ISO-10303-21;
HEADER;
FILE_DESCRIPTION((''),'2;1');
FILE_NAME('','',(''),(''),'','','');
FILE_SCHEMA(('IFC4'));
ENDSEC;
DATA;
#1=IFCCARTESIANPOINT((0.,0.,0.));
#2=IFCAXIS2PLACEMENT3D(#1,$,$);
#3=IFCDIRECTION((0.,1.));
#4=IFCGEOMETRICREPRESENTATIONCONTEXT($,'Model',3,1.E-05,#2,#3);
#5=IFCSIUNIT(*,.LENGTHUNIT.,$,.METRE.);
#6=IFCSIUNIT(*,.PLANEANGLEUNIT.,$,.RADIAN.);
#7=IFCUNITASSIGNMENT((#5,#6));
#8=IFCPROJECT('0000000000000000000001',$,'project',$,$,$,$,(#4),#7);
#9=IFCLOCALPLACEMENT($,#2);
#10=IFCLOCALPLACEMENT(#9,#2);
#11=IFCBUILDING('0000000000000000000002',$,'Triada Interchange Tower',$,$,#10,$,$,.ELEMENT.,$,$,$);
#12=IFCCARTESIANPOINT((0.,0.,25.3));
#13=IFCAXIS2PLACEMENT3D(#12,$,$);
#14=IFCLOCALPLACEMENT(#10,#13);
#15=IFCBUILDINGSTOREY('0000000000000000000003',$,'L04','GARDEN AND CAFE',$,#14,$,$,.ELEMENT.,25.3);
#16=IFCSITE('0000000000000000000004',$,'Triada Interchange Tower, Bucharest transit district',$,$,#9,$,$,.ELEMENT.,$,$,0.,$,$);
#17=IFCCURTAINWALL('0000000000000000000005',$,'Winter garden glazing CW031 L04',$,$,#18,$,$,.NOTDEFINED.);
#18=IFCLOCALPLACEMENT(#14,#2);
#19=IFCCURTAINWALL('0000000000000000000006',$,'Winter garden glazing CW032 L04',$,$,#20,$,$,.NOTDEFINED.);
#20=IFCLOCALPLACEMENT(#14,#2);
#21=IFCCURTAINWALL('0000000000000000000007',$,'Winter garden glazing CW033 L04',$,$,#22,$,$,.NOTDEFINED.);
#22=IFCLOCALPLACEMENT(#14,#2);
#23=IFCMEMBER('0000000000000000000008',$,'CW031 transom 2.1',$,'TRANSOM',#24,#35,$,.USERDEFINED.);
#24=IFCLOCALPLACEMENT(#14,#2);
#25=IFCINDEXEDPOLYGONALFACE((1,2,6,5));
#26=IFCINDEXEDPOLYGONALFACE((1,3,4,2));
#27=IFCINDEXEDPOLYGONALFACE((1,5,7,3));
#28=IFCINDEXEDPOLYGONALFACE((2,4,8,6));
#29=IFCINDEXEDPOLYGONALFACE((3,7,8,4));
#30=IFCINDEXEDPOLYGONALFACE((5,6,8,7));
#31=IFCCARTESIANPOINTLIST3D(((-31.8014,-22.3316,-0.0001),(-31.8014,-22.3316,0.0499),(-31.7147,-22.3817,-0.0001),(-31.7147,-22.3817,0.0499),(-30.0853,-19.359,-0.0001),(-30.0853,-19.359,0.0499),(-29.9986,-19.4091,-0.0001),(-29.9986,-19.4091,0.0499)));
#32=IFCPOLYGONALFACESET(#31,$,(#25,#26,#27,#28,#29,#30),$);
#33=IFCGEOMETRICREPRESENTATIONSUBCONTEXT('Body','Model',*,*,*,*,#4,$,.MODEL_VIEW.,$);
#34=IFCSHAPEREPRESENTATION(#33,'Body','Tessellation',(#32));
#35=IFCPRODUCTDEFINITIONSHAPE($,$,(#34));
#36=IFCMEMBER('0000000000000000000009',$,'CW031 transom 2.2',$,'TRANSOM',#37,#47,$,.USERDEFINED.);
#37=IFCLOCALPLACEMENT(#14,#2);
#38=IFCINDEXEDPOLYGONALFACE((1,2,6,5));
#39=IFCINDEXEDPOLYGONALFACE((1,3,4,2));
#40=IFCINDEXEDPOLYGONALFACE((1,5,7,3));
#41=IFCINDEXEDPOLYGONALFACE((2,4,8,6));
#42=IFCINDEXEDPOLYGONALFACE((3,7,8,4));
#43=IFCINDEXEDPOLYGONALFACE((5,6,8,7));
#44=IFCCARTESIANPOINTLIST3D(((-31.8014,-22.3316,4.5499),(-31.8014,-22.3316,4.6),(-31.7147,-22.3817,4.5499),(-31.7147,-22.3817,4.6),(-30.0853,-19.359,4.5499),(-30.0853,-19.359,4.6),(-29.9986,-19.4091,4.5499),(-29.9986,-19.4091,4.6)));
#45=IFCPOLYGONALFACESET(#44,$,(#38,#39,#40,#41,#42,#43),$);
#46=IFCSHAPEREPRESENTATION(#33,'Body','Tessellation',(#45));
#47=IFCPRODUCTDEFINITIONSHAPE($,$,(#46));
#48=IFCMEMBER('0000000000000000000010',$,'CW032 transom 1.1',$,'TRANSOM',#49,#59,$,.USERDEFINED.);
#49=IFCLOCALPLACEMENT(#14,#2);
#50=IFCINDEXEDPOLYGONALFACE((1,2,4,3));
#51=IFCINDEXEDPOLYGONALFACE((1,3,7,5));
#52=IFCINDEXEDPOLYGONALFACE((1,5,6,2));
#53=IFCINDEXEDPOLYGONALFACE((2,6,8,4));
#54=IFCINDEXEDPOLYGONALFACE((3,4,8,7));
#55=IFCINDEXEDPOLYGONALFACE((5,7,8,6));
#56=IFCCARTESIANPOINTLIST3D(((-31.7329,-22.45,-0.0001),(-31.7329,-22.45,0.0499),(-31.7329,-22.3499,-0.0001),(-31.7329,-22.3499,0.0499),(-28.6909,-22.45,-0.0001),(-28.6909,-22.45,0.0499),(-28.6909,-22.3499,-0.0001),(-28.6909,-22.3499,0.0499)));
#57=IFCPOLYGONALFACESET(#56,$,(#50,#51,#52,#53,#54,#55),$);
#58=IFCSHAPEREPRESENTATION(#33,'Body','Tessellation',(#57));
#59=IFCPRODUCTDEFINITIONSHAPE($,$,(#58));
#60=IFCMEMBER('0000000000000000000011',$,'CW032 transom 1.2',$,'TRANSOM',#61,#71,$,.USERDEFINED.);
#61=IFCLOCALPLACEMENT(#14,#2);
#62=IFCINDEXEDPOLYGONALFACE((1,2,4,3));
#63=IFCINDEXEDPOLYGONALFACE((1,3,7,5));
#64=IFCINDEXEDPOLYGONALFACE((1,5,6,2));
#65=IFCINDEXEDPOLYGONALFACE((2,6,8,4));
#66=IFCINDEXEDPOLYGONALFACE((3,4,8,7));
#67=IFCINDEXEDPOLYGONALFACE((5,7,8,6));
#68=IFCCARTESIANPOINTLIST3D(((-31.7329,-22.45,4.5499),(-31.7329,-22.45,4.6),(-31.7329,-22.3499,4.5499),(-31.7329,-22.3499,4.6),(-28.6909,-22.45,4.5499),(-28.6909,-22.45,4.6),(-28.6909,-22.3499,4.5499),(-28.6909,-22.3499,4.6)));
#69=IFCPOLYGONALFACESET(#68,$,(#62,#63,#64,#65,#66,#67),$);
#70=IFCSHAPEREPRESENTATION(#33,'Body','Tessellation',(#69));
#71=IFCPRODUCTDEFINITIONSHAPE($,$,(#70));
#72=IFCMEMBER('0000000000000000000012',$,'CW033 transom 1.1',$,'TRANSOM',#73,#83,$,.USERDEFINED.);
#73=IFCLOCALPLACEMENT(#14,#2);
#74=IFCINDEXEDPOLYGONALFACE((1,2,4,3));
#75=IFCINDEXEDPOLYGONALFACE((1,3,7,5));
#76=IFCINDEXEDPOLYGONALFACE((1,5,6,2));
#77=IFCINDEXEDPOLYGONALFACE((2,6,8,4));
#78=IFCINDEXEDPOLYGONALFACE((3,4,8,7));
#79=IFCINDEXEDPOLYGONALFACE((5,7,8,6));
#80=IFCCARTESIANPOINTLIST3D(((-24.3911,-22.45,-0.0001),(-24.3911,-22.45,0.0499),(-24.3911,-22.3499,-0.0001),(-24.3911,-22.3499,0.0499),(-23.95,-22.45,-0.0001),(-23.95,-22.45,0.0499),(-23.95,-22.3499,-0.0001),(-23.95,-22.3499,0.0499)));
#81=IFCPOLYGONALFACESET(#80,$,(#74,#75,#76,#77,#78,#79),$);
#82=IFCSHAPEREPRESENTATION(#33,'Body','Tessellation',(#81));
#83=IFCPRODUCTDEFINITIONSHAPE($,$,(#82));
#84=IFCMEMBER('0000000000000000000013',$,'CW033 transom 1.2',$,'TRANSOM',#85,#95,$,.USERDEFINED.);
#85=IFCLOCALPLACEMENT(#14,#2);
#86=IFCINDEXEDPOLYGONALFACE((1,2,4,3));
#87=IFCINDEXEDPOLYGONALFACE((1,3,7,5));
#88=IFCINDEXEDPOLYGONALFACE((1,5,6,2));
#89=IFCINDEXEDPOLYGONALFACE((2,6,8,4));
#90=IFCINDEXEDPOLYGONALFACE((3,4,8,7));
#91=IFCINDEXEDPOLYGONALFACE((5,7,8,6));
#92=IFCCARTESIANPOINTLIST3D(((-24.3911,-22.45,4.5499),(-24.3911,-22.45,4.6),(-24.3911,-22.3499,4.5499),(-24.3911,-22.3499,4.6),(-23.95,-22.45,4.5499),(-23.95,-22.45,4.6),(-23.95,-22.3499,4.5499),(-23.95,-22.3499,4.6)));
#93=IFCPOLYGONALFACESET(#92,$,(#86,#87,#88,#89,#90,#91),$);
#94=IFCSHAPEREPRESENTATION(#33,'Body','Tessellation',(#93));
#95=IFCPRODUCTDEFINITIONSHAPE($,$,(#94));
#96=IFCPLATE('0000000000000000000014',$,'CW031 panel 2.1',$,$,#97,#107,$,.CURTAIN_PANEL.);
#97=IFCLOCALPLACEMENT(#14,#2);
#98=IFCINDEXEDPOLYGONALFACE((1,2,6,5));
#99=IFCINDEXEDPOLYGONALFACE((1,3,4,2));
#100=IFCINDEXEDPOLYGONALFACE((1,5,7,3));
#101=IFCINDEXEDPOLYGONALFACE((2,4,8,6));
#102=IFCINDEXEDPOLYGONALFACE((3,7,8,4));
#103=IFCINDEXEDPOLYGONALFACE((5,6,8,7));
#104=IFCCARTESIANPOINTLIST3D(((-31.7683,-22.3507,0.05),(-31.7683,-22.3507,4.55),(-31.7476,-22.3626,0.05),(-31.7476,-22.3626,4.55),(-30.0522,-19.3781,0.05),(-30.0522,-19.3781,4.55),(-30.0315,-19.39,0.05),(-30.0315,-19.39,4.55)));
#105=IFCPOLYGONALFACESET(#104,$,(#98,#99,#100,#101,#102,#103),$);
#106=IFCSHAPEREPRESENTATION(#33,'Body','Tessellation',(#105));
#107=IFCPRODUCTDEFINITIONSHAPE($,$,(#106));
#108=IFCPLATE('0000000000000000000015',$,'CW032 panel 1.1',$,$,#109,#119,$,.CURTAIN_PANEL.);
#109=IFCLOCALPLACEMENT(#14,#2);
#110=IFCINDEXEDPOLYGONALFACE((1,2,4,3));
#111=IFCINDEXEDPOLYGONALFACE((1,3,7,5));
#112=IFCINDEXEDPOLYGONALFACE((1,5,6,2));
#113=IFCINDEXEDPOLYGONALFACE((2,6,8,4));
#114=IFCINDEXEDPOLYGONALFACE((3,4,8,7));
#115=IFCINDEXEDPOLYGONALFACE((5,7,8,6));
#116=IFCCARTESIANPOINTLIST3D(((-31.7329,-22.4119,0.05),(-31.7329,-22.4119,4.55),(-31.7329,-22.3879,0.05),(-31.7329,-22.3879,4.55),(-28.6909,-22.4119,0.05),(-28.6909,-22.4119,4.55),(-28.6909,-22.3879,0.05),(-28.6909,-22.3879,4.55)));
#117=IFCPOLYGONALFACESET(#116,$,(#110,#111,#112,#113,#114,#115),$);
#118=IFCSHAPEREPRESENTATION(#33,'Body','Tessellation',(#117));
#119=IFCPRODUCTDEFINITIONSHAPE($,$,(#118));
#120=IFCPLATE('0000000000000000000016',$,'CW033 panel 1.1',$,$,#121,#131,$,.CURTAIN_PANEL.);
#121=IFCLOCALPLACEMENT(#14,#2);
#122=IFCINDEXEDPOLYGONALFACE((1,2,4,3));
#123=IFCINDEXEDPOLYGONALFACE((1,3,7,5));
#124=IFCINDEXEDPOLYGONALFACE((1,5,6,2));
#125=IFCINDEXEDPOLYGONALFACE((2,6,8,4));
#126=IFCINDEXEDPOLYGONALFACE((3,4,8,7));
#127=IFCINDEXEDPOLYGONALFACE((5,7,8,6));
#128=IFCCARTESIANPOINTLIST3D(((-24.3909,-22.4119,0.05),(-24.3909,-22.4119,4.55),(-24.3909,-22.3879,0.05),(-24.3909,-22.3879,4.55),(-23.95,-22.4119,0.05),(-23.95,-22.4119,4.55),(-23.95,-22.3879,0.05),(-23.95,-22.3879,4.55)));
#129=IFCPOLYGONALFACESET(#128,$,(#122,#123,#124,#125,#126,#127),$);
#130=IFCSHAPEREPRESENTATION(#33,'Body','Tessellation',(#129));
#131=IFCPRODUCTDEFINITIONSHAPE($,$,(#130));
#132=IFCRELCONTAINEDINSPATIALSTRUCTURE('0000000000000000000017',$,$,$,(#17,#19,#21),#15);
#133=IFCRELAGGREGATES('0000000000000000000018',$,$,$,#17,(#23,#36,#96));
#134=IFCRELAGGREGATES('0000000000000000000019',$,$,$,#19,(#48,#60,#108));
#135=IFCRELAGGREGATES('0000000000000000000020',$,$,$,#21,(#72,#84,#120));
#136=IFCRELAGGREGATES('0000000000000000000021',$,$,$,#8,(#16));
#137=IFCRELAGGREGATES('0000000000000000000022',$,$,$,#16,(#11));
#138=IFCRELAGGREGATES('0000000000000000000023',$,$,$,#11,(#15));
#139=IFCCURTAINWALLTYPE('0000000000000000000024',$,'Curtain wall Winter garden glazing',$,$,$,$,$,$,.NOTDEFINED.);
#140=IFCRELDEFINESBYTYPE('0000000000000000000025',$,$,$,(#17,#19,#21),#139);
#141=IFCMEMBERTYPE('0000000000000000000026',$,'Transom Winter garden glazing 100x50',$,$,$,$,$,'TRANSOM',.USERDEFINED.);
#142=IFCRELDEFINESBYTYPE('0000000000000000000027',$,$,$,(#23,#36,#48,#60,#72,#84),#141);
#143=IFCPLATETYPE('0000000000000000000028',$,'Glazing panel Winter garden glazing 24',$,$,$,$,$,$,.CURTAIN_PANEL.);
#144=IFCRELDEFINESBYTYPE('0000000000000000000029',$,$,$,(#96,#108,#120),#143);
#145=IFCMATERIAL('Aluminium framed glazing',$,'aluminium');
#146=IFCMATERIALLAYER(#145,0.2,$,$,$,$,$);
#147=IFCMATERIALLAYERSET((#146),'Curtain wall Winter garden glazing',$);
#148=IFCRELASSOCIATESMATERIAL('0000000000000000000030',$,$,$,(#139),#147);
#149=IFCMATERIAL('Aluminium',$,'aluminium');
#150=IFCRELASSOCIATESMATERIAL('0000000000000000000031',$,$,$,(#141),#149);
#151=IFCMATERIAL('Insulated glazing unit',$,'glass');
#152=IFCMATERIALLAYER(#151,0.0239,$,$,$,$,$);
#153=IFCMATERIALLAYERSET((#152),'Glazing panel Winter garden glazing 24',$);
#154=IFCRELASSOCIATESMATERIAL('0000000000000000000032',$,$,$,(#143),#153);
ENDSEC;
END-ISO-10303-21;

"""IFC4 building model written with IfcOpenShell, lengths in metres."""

from ifc_helpers import new_model, si_unit, direction, frame, origin, origin_2d, place, context, subcontext, project, spatial, rectangle, extrude, material, layer, layer_set, material_profile, profile_set, type_object, element, aggregate, save


model = new_model("IFC4")

# Units and contexts
model_context = context("Model", 3, precision=1e-05, world=origin(), true_north=direction((0.0, 1.0)))
body_context = subcontext(model_context, "Body", "Model", "MODEL_VIEW")
ifc_project = project(units=[si_unit("LENGTHUNIT", "METRE"), si_unit("PLANEANGLEUNIT", "RADIAN")], contexts=[model_context])

# Site, building, storey
site_placement = place(None, origin())
site = spatial("IfcSite", under=ifc_project, at=site_placement, Name="Triada Interchange Tower, Bucharest transit district", CompositionType="ELEMENT", RefElevation=0.0)
building_placement = place(site_placement, origin())
building = spatial("IfcBuilding", under=site, at=building_placement, Name="Triada Interchange Tower", CompositionType="ELEMENT")
storey_placement = place(building_placement, frame((0.0, 0.0, 25.3)))
storey = spatial("IfcBuildingStorey", under=building, at=storey_placement, Name="L04", Description="GARDEN AND CAFE", CompositionType="ELEMENT", Elevation=25.3)

# Curtain walls
ifc_material_1 = material(Name="Aluminium framed glazing", Category="aluminium")
ifc_layer_1 = layer(ifc_material_1, 0.2)
ifc_layer_set_1 = layer_set([ifc_layer_1], Name="Curtain wall Winter garden glazing")
curtain_wall_type = type_object("IfcCurtainWallType", Name="Curtain wall Winter garden glazing", PredefinedType="NOTDEFINED", material=ifc_layer_set_1)
curtain_wall_1_placement = place(storey_placement, origin())
curtain_wall_1 = element("IfcCurtainWall", 1, at=curtain_wall_1_placement, inside=storey, type_object=curtain_wall_type, Name="Winter garden glazing CW031 L04", PredefinedType="NOTDEFINED")
ifc_material_2 = material(Name="Aluminium", Category="aluminium")
curtain_wall_2_placement = place(storey_placement, origin())
curtain_wall_2 = element("IfcCurtainWall", 2, at=curtain_wall_2_placement, inside=storey, type_object=curtain_wall_type, Name="Winter garden glazing CW032 L04", PredefinedType="NOTDEFINED")
curtain_wall_3_placement = place(storey_placement, origin())
curtain_wall_3 = element("IfcCurtainWall", 3, at=curtain_wall_3_placement, inside=storey, type_object=curtain_wall_type, Name="Winter garden glazing CW033 L04", PredefinedType="NOTDEFINED")

# Members
ifc_material_profile_1 = material_profile(ifc_material_2, rectangle(XDim=0.1001, YDim=0.05, at=origin_2d()), Name="Aluminium transom")
ifc_profile_set_1 = profile_set([ifc_material_profile_1], Name="Aluminium")
member_type_1 = type_object("IfcMemberType", Name="Transom Winter garden glazing 100x50", ElementType="TRANSOM", PredefinedType="USERDEFINED", material=ifc_profile_set_1)
member_1_placement = place(storey_placement, frame((-30.042, -19.384, 0.0249), z_axis=(-0.499956, -0.866051, 0.0), x_axis=(0.866051, -0.499956, 0.0)))
member_1 = element("IfcMember", 4, at=member_1_placement, type_object=member_type_1, Name="CW031 transom 2.1", ObjectType="TRANSOM", PredefinedType="USERDEFINED", context=body_context, shape_type="SweptSolid", body=[
    extrude(rectangle(XDim=0.1001, YDim=0.05, at=origin_2d()), origin(), (0.0, 0.0, 1.0), 3.4324),
])
member_2_placement = place(storey_placement, frame((-30.042, -19.384, 4.575), z_axis=(-0.499956, -0.866051, 0.0), x_axis=(0.866051, -0.499956, 0.0)))
member_2 = element("IfcMember", 5, at=member_2_placement, type_object=member_type_1, Name="CW031 transom 2.2", ObjectType="TRANSOM", PredefinedType="USERDEFINED", context=body_context, shape_type="SweptSolid", body=[
    extrude(rectangle(XDim=0.1001, YDim=0.05, at=origin_2d()), origin(), (0.0, 0.0, 1.0), 3.4324),
])
member_3_placement = place(storey_placement, frame((-31.7329, -22.3999, 0.0249), z_axis=(1.0, 0.0, 0.0), x_axis=(0.0, 1.0, 0.0)))
member_3 = element("IfcMember", 6, at=member_3_placement, type_object=member_type_1, Name="CW032 transom 1.1", ObjectType="TRANSOM", PredefinedType="USERDEFINED", context=body_context, shape_type="SweptSolid", body=[
    extrude(rectangle(XDim=0.1001, YDim=0.05, at=origin_2d()), origin(), (0.0, 0.0, 1.0), 3.042),
])
member_4_placement = place(storey_placement, frame((-31.7329, -22.3999, 4.575), z_axis=(1.0, 0.0, 0.0), x_axis=(0.0, 1.0, 0.0)))
member_4 = element("IfcMember", 7, at=member_4_placement, type_object=member_type_1, Name="CW032 transom 1.2", ObjectType="TRANSOM", PredefinedType="USERDEFINED", context=body_context, shape_type="SweptSolid", body=[
    extrude(rectangle(XDim=0.1001, YDim=0.05, at=origin_2d()), origin(), (0.0, 0.0, 1.0), 3.042),
])
member_5_placement = place(storey_placement, frame((-24.3911, -22.3999, 0.0249), z_axis=(1.0, 0.0, 0.0), x_axis=(0.0, 1.0, 0.0)))
member_5 = element("IfcMember", 8, at=member_5_placement, type_object=member_type_1, Name="CW033 transom 1.1", ObjectType="TRANSOM", PredefinedType="USERDEFINED", context=body_context, shape_type="SweptSolid", body=[
    extrude(rectangle(XDim=0.1001, YDim=0.05, at=origin_2d()), origin(), (0.0, 0.0, 1.0), 0.4412),
])
member_6_placement = place(storey_placement, frame((-24.3911, -22.3999, 4.575), z_axis=(1.0, 0.0, 0.0), x_axis=(0.0, 1.0, 0.0)))
member_6 = element("IfcMember", 9, at=member_6_placement, type_object=member_type_1, Name="CW033 transom 1.2", ObjectType="TRANSOM", PredefinedType="USERDEFINED", context=body_context, shape_type="SweptSolid", body=[
    extrude(rectangle(XDim=0.1001, YDim=0.05, at=origin_2d()), origin(), (0.0, 0.0, 1.0), 0.4412),
])

# Plates
ifc_material_3 = material(Name="Insulated glazing unit", Category="glass")
ifc_layer_2 = layer(ifc_material_3, 0.0239)
ifc_layer_set_2 = layer_set([ifc_layer_2], Name="Glazing panel Winter garden glazing 24")
plate_type = type_object("IfcPlateType", Name="Glazing panel Winter garden glazing 24", PredefinedType="CURTAIN_PANEL", material=ifc_layer_set_2)
plate_1_placement = place(storey_placement, frame((-30.8999, -20.8704, 0.05), z_axis=(0.0, 0.0, 1.0), x_axis=(-0.499957, -0.86605, 0.0)))
plate_1 = element("IfcPlate", 10, at=plate_1_placement, type_object=plate_type, Name="CW031 panel 2.1", PredefinedType="CURTAIN_PANEL", context=body_context, shape_type="SweptSolid", body=[
    extrude(rectangle(XDim=3.4324, YDim=0.0239, at=origin_2d()), origin(), (0.0, 0.0, 1.0), 4.5),
])
aggregate(curtain_wall_1, [member_1, member_2, plate_1])
plate_2_placement = place(storey_placement, frame((-30.2119, -22.3999, 0.05), z_axis=(0.0, 0.0, 1.0), x_axis=(1.0, 0.0, 0.0)))
plate_2 = element("IfcPlate", 11, at=plate_2_placement, type_object=plate_type, Name="CW032 panel 1.1", PredefinedType="CURTAIN_PANEL", context=body_context, shape_type="SweptSolid", body=[
    extrude(rectangle(XDim=3.042, YDim=0.0239, at=origin_2d()), origin(), (0.0, 0.0, 1.0), 4.5),
])
aggregate(curtain_wall_2, [member_3, member_4, plate_2])
plate_3_placement = place(storey_placement, frame((-24.1704, -22.3999, 0.05), z_axis=(0.0, 0.0, 1.0), x_axis=(1.0, 0.0, 0.0)))
plate_3 = element("IfcPlate", 12, at=plate_3_placement, type_object=plate_type, Name="CW033 panel 1.1", PredefinedType="CURTAIN_PANEL", context=body_context, shape_type="SweptSolid", body=[
    extrude(rectangle(XDim=0.4409, YDim=0.0239, at=origin_2d()), origin(), (0.0, 0.0, 1.0), 4.5),
])
aggregate(curtain_wall_3, [member_5, member_6, plate_3])

save(model, "model.ifc")
